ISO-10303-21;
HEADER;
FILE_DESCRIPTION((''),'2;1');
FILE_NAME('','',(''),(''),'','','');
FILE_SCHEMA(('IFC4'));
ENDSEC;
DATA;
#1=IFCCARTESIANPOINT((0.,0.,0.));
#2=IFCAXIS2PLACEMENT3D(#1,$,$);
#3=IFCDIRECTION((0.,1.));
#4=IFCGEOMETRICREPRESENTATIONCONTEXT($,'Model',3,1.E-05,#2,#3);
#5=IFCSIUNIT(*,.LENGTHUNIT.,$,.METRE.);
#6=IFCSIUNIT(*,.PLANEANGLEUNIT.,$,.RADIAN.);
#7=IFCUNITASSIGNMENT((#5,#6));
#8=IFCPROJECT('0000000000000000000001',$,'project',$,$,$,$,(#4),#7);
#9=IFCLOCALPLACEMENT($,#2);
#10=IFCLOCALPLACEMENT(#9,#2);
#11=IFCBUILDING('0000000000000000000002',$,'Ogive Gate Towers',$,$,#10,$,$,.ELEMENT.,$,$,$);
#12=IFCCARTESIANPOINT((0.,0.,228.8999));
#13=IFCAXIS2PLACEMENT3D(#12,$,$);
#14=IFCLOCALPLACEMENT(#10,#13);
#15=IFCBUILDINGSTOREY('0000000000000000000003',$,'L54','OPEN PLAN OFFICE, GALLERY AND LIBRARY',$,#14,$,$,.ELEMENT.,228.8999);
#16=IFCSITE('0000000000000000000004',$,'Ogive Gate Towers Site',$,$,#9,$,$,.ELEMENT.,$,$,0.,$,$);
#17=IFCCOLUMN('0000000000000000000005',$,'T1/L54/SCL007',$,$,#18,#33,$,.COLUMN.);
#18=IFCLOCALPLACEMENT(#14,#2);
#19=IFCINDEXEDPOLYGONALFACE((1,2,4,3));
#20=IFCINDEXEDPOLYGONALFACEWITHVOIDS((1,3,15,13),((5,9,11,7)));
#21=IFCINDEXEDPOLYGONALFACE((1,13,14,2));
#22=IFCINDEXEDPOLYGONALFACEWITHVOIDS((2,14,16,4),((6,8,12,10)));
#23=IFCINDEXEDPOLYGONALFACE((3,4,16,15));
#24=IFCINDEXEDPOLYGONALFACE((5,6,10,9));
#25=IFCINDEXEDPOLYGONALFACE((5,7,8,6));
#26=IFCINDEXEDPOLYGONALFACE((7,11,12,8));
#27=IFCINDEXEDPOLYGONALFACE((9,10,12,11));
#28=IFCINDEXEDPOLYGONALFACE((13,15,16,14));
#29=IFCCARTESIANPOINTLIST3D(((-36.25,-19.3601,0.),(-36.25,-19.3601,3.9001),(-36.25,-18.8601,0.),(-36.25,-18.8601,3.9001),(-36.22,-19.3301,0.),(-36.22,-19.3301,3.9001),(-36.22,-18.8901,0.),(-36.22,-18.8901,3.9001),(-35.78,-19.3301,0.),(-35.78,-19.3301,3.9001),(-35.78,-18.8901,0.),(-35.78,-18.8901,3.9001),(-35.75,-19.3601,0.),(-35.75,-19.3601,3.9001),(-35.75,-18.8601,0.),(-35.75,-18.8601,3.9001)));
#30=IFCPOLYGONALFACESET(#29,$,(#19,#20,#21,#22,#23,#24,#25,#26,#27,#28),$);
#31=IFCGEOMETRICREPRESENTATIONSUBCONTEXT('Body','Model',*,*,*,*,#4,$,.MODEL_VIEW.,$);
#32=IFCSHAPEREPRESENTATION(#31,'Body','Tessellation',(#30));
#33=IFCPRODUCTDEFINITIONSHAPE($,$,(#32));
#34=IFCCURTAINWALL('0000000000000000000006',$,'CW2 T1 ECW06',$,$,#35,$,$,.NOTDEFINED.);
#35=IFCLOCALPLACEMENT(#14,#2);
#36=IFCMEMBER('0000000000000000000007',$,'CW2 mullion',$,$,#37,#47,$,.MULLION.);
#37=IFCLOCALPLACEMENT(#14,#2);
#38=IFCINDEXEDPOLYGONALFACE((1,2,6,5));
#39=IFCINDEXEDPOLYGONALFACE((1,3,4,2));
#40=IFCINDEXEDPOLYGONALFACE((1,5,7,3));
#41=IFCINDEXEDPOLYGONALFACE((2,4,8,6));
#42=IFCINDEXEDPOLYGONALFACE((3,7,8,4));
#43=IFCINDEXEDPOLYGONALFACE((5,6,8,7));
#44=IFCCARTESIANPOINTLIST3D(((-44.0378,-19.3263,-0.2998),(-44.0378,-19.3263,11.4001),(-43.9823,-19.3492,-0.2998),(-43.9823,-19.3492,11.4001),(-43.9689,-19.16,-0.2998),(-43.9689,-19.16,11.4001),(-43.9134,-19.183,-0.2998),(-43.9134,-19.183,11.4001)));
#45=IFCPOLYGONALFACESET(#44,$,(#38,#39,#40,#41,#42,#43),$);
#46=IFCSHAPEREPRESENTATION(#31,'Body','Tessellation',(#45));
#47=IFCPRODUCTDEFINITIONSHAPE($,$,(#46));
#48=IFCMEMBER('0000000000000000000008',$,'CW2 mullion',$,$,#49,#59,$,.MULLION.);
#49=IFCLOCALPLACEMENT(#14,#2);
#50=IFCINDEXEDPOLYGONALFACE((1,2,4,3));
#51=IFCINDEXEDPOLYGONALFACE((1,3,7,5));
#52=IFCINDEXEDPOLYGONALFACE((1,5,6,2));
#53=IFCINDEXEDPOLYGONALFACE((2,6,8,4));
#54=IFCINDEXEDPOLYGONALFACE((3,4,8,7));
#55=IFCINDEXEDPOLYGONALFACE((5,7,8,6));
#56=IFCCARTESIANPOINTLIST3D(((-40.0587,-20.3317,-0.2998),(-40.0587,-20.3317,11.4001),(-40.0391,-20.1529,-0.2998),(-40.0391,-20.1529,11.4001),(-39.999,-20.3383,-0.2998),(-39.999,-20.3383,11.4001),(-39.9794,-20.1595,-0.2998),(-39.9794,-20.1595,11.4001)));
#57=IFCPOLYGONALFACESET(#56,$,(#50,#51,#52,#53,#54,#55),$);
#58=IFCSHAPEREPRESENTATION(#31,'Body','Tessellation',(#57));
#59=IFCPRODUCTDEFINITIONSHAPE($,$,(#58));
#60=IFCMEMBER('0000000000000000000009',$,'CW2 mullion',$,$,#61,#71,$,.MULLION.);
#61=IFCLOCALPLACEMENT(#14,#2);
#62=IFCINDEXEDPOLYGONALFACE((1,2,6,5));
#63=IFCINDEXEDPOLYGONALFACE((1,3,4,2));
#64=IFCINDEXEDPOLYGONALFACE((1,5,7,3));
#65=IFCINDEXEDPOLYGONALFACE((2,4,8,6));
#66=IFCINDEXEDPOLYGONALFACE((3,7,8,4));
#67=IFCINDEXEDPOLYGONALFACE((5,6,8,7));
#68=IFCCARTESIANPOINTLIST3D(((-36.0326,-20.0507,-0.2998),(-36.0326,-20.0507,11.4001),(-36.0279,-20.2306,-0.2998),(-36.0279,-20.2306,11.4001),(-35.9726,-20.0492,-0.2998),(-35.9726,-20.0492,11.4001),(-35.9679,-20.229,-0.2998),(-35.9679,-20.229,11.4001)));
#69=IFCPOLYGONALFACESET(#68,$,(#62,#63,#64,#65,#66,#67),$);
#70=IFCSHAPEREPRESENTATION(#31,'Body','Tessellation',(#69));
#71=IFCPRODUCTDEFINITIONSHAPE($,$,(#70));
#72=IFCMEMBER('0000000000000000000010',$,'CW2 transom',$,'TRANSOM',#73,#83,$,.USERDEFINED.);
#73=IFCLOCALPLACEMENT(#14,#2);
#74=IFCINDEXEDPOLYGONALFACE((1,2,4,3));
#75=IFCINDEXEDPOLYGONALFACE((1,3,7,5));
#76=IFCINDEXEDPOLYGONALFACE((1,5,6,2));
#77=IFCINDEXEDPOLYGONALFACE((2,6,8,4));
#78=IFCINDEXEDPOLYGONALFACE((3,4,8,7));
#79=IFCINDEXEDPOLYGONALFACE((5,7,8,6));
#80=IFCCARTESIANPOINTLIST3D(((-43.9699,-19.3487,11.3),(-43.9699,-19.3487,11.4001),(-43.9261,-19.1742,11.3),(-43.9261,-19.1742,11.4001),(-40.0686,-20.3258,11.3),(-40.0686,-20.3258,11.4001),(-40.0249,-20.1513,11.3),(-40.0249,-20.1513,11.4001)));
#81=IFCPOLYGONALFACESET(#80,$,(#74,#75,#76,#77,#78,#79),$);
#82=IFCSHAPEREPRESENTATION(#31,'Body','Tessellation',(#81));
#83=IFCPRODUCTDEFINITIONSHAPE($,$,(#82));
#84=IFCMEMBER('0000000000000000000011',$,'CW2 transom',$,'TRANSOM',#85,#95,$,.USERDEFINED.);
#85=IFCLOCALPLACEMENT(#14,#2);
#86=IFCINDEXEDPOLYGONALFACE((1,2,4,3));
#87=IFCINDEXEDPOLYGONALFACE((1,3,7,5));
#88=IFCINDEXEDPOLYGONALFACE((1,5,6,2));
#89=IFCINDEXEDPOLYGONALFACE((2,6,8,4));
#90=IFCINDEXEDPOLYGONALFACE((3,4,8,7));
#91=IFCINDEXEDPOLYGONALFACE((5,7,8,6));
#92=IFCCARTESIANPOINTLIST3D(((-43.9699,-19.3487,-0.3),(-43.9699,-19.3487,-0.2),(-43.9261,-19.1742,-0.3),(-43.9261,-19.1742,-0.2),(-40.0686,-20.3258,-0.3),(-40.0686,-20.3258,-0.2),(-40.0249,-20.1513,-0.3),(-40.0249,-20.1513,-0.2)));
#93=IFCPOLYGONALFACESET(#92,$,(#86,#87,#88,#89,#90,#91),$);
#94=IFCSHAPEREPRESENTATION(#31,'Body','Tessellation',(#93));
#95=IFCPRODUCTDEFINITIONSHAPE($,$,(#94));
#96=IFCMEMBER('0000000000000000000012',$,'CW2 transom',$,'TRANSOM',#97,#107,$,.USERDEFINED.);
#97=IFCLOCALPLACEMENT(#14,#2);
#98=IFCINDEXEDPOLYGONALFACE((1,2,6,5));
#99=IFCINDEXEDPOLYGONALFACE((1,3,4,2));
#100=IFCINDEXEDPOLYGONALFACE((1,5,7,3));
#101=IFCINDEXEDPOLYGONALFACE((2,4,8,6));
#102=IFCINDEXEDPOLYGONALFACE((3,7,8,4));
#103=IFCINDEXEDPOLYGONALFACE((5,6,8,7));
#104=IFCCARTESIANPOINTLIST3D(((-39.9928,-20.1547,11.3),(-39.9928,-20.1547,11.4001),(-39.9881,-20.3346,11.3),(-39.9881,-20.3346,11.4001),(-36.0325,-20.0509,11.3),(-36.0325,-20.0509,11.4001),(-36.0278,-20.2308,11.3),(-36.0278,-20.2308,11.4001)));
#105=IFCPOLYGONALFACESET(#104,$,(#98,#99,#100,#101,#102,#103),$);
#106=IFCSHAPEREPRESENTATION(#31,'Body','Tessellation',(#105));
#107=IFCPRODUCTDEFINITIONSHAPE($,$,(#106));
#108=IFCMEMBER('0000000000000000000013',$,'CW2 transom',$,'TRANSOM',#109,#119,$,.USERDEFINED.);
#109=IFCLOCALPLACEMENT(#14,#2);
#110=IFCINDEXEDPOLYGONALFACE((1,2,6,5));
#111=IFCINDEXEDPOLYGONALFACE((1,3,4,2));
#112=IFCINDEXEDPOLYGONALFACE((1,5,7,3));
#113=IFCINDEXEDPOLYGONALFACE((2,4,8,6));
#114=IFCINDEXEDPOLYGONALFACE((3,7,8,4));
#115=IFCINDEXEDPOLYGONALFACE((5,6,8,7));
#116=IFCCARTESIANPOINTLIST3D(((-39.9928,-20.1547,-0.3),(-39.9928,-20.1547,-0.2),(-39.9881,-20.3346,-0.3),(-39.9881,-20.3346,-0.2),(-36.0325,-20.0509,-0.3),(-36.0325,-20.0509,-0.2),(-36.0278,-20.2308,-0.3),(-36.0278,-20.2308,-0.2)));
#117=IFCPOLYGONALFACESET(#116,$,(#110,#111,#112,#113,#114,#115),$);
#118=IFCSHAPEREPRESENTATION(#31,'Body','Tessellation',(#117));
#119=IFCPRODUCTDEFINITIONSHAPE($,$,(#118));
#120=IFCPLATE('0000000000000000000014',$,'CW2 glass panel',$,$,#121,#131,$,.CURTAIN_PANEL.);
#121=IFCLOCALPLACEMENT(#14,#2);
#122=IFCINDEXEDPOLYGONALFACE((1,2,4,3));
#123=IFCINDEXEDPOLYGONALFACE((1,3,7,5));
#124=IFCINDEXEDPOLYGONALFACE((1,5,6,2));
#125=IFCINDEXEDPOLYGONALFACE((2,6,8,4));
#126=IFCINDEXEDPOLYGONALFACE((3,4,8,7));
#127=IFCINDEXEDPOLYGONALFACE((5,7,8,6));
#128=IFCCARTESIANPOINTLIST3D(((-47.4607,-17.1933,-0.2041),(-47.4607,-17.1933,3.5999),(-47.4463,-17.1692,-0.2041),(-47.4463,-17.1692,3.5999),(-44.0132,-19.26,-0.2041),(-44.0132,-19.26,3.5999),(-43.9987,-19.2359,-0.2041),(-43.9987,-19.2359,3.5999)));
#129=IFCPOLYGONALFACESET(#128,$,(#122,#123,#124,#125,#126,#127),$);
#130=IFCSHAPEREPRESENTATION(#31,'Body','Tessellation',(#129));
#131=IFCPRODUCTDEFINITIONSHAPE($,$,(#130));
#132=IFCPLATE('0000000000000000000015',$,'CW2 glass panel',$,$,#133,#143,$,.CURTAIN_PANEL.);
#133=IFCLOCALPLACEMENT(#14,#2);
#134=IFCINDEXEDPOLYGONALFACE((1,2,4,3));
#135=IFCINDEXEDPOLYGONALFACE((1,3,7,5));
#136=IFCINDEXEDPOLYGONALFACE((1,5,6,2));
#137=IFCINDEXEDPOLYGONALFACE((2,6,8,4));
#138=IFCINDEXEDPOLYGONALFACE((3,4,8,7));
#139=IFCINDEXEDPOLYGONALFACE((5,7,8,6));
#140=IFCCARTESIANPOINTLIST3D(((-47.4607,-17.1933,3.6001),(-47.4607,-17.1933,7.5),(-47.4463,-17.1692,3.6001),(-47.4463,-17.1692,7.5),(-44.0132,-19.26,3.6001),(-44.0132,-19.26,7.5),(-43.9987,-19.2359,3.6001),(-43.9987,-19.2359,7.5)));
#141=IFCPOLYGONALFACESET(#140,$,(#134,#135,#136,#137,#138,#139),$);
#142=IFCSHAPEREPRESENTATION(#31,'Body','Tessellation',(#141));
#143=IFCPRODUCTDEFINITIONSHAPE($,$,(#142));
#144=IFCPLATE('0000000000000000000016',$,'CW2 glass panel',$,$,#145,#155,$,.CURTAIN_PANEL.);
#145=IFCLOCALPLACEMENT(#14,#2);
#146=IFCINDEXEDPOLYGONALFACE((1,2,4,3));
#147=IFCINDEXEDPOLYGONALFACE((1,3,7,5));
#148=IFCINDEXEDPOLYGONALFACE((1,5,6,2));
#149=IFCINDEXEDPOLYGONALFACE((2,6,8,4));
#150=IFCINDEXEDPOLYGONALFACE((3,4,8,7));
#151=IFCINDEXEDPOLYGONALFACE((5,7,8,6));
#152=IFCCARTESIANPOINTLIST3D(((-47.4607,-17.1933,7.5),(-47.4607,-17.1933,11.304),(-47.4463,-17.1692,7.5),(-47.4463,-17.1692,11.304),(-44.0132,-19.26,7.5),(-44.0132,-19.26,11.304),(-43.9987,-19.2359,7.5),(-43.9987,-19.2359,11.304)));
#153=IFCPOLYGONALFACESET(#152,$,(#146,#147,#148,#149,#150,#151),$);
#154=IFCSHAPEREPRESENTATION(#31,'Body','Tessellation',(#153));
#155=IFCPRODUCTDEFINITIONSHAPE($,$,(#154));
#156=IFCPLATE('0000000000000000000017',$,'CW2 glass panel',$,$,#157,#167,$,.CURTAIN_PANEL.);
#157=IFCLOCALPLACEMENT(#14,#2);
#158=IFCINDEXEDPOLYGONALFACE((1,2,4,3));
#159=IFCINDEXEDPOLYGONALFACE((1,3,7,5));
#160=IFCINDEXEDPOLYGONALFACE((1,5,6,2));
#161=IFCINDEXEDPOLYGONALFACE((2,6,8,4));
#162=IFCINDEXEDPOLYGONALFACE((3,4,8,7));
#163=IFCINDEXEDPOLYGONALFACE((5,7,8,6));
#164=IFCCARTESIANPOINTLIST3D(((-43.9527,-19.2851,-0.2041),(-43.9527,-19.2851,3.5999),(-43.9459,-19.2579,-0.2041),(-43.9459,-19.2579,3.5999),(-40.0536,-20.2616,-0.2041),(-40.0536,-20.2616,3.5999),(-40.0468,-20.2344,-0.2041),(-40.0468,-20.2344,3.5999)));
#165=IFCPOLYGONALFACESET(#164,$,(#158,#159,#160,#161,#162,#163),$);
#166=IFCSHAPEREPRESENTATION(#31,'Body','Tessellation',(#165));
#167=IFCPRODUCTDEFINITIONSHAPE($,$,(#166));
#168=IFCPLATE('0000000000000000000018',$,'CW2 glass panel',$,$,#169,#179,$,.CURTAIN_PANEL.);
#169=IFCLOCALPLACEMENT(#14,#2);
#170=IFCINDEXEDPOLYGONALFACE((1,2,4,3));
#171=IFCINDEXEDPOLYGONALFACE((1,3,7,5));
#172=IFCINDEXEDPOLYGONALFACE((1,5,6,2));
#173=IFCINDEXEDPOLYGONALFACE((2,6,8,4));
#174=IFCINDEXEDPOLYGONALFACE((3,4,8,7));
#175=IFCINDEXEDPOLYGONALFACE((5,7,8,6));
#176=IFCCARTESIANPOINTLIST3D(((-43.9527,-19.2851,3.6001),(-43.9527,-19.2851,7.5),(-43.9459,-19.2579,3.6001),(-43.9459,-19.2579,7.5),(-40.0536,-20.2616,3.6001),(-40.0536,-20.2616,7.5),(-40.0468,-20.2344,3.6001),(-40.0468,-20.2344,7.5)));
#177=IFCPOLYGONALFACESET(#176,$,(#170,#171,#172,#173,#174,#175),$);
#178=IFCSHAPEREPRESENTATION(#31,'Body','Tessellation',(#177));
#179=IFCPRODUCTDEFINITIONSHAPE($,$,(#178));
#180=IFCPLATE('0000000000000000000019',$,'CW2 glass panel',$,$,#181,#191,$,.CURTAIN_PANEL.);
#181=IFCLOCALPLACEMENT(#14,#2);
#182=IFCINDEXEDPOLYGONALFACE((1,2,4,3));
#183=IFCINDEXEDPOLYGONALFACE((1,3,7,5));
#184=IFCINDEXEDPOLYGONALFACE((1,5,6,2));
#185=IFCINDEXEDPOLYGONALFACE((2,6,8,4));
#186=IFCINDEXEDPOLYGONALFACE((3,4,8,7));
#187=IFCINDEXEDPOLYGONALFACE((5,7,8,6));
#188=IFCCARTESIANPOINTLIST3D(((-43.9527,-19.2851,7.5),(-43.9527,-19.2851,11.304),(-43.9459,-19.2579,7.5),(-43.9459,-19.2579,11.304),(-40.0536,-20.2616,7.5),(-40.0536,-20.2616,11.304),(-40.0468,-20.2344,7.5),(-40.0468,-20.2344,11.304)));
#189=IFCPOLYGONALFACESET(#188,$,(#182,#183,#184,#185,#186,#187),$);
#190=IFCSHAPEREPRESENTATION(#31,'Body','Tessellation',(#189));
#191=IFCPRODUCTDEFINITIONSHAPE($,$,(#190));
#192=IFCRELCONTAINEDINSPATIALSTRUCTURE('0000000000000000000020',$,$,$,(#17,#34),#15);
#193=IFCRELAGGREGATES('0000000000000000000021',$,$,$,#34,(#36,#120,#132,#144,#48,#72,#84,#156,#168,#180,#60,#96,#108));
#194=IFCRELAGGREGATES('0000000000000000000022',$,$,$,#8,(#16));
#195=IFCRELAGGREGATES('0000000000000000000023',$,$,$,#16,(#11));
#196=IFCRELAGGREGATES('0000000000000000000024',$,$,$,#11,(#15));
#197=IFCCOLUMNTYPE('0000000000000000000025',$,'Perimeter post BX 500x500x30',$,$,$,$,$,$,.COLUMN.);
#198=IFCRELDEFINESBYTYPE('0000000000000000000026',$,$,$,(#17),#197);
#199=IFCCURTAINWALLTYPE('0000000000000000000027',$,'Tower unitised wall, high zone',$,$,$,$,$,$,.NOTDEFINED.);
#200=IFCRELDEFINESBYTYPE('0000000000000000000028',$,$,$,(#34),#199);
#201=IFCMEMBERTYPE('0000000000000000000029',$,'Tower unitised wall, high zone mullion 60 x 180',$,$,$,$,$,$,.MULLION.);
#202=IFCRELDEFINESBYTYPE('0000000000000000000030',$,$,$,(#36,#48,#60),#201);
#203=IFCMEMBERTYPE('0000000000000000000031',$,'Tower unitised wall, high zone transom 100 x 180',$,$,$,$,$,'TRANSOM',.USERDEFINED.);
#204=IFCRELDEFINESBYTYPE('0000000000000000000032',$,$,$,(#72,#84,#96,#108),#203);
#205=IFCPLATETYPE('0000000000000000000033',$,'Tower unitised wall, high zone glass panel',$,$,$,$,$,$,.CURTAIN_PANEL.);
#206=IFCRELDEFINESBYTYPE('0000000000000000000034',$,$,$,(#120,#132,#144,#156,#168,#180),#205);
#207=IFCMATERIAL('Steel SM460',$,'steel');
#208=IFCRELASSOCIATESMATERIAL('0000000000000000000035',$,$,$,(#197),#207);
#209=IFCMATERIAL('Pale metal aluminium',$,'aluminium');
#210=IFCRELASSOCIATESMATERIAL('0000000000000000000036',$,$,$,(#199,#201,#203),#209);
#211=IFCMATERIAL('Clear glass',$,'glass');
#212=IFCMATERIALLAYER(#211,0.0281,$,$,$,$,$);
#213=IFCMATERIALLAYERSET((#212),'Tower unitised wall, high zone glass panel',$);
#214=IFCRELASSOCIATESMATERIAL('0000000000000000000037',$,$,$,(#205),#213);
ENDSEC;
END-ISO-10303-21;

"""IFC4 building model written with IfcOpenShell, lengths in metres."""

from ifc_helpers import new_model, si_unit, direction, frame, origin, origin_2d, place, context, subcontext, project, spatial, rectangle, hollow_rectangle, extrude, material, layer, layer_set, material_profile, profile_set, type_object, element, aggregate, save


model = new_model("IFC4")

# Units and contexts
model_context = context("Model", 3, precision=1e-05, world=origin(), true_north=direction((0.0, 1.0)))
body_context = subcontext(model_context, "Body", "Model", "MODEL_VIEW")
ifc_project = project(units=[si_unit("LENGTHUNIT", "METRE"), si_unit("PLANEANGLEUNIT", "RADIAN")], contexts=[model_context])

# Site, building, storey
site_placement = place(None, origin())
site = spatial("IfcSite", under=ifc_project, at=site_placement, Name="Ogive Gate Towers Site", CompositionType="ELEMENT", RefElevation=0.0)
building_placement = place(site_placement, origin())
building = spatial("IfcBuilding", under=site, at=building_placement, Name="Ogive Gate Towers", CompositionType="ELEMENT")
storey_placement = place(building_placement, frame((0.0, 0.0, 228.8999)))
storey = spatial("IfcBuildingStorey", under=building, at=storey_placement, Name="L54", Description="OPEN PLAN OFFICE, GALLERY AND LIBRARY", CompositionType="ELEMENT", Elevation=228.8999)

# Column
ifc_material_1 = material(Name="Steel SM460", Category="steel")
ifc_material_profile_1 = material_profile(ifc_material_1, hollow_rectangle(XDim=0.5, YDim=0.5, WallThickness=0.03, at=origin_2d()), Name="BX 500x500x30")
ifc_profile_set_1 = profile_set([ifc_material_profile_1], Name="Steel SM460")
column_type = type_object("IfcColumnType", Name="Perimeter post BX 500x500x30", PredefinedType="COLUMN", material=ifc_profile_set_1)
column_placement = place(storey_placement, frame((-36.0, -19.1101, 0.0), z_axis=(0.0, 0.0, 1.0), x_axis=(1.0, 0.0, 0.0)))
element("IfcColumn", 1, at=column_placement, inside=storey, type_object=column_type, Name="T1/L54/SCL007", PredefinedType="COLUMN", context=body_context, shape_type="SweptSolid", body=[
    extrude(hollow_rectangle(XDim=0.5, YDim=0.5, WallThickness=0.03, at=origin_2d()), origin(), (0.0, 0.0, 1.0), 3.9001),
])

# Curtain wall, members, plates
ifc_material_2 = material(Name="Pale metal aluminium", Category="aluminium")
curtain_wall_type = type_object("IfcCurtainWallType", Name="Tower unitised wall, high zone", PredefinedType="NOTDEFINED", material=ifc_material_2)
curtain_wall_placement = place(storey_placement, origin())
curtain_wall = element("IfcCurtainWall", 2, at=curtain_wall_placement, inside=storey, type_object=curtain_wall_type, Name="CW2 T1 ECW06", PredefinedType="NOTDEFINED")
ifc_material_profile_2 = material_profile(ifc_material_2, rectangle(XDim=0.1799, YDim=0.0601, at=origin_2d()), Name="60 x 180 aluminium box")
ifc_profile_set_2 = profile_set([ifc_material_profile_2], Name="Pale metal aluminium")
member_type_1 = type_object("IfcMemberType", Name="Tower unitised wall, high zone mullion 60 x 180", PredefinedType="MULLION", material=ifc_profile_set_2)
member_1_placement = place(storey_placement, frame((-43.9756, -19.2546, -0.2998), z_axis=(0.0, 0.0, 1.0), x_axis=(-0.3827, -0.923873, 0.0)))
member_1 = element("IfcMember", 3, at=member_1_placement, type_object=member_type_1, Name="CW2 mullion", PredefinedType="MULLION", context=body_context, shape_type="SweptSolid", body=[
    extrude(rectangle(XDim=0.1799, YDim=0.0601, at=origin_2d()), origin(), (0.0, 0.0, 1.0), 11.7),
])
member_2_placement = place(storey_placement, frame((-40.019, -20.2456, -0.2998), z_axis=(0.0, 0.0, 1.0), x_axis=(-0.10937, -0.994001, 0.0)))
member_2 = element("IfcMember", 4, at=member_2_placement, type_object=member_type_1, Name="CW2 mullion", PredefinedType="MULLION", context=body_context, shape_type="SweptSolid", body=[
    extrude(rectangle(XDim=0.1799, YDim=0.0601, at=origin_2d()), origin(), (0.0, 0.0, 1.0), 11.7),
])
member_3_placement = place(storey_placement, frame((-36.0002, -20.1399, -0.2998), z_axis=(0.0, 0.0, 1.0), x_axis=(0.026229, -0.999656, 0.0)))
member_3 = element("IfcMember", 5, at=member_3_placement, type_object=member_type_1, Name="CW2 mullion", PredefinedType="MULLION", context=body_context, shape_type="SweptSolid", body=[
    extrude(rectangle(XDim=0.1799, YDim=0.0601, at=origin_2d()), origin(), (0.0, 0.0, 1.0), 11.7),
])
ifc_material_profile_3 = material_profile(ifc_material_2, rectangle(XDim=0.1799, YDim=0.1001, at=origin_2d()), Name="100 x 180 aluminium box")
ifc_profile_set_3 = profile_set([ifc_material_profile_3], Name="Pale metal aluminium")
member_type_2 = type_object("IfcMemberType", Name="Tower unitised wall, high zone transom 100 x 180", ElementType="TRANSOM", PredefinedType="USERDEFINED", material=ifc_profile_set_3)
member_4_placement = place(storey_placement, frame((-43.948, -19.2615, 11.3501), z_axis=(0.970039, -0.24295, 0.0), x_axis=(0.24295, 0.970039, 0.0)))
member_4 = element("IfcMember", 6, at=member_4_placement, type_object=member_type_2, Name="CW2 transom", ObjectType="TRANSOM", PredefinedType="USERDEFINED", context=body_context, shape_type="SweptSolid", body=[
    extrude(rectangle(XDim=0.1799, YDim=0.1001, at=origin_2d()), origin(), (0.0, 0.0, 1.0), 4.0217),
])
member_5_placement = place(storey_placement, frame((-43.948, -19.2615, -0.25), z_axis=(0.970039, -0.24295, 0.0), x_axis=(0.24295, 0.970039, 0.0)))
member_5 = element("IfcMember", 7, at=member_5_placement, type_object=member_type_2, Name="CW2 transom", ObjectType="TRANSOM", PredefinedType="USERDEFINED", context=body_context, shape_type="SweptSolid", body=[
    extrude(rectangle(XDim=0.1799, YDim=0.1001, at=origin_2d()), origin(), (0.0, 0.0, 1.0), 4.0217),
])
member_6_placement = place(storey_placement, frame((-39.9905, -20.2446, 11.3501), z_axis=(0.999657, 0.026192, 0.0), x_axis=(-0.026192, 0.999657, 0.0)))
member_6 = element("IfcMember", 8, at=member_6_placement, type_object=member_type_2, Name="CW2 transom", ObjectType="TRANSOM", PredefinedType="USERDEFINED", context=body_context, shape_type="SweptSolid", body=[
    extrude(rectangle(XDim=0.1799, YDim=0.1001, at=origin_2d()), origin(), (0.0, 0.0, 1.0), 3.9617),
])
member_7_placement = place(storey_placement, frame((-39.9905, -20.2446, -0.25), z_axis=(0.999657, 0.026192, 0.0), x_axis=(-0.026192, 0.999657, 0.0)))
member_7 = element("IfcMember", 9, at=member_7_placement, type_object=member_type_2, Name="CW2 transom", ObjectType="TRANSOM", PredefinedType="USERDEFINED", context=body_context, shape_type="SweptSolid", body=[
    extrude(rectangle(XDim=0.1799, YDim=0.1001, at=origin_2d()), origin(), (0.0, 0.0, 1.0), 3.9617),
])
ifc_material_3 = material(Name="Clear glass", Category="glass")
ifc_layer = layer(ifc_material_3, 0.0281)
ifc_layer_set = layer_set([ifc_layer], Name="Tower unitised wall, high zone glass panel")
plate_type = type_object("IfcPlateType", Name="Tower unitised wall, high zone glass panel", PredefinedType="CURTAIN_PANEL", material=ifc_layer_set)
plate_1_placement = place(storey_placement, frame((-45.7297, -18.2146, -0.2041), z_axis=(0.0, 0.0, 1.0), x_axis=(0.857697, -0.514155, 0.0)))
plate_1 = element("IfcPlate", 10, at=plate_1_placement, type_object=plate_type, Name="CW2 glass panel", PredefinedType="CURTAIN_PANEL", context=body_context, shape_type="SweptSolid", body=[
    extrude(rectangle(XDim=4.0195, YDim=0.0281, at=origin_2d()), origin(), (0.0, 0.0, 1.0), 3.804),
])
plate_2_placement = place(storey_placement, frame((-45.7297, -18.2146, 3.6001), z_axis=(0.0, 0.0, 1.0), x_axis=(0.857697, -0.514155, 0.0)))
plate_2 = element("IfcPlate", 11, at=plate_2_placement, type_object=plate_type, Name="CW2 glass panel", PredefinedType="CURTAIN_PANEL", context=body_context, shape_type="SweptSolid", body=[
    extrude(rectangle(XDim=4.0195, YDim=0.0281, at=origin_2d()), origin(), (0.0, 0.0, 1.0), 3.8999),
])
plate_3_placement = place(storey_placement, frame((-45.7297, -18.2146, 7.5), z_axis=(0.0, 0.0, 1.0), x_axis=(0.857697, -0.514155, 0.0)))
plate_3 = element("IfcPlate", 12, at=plate_3_placement, type_object=plate_type, Name="CW2 glass panel", PredefinedType="CURTAIN_PANEL", context=body_context, shape_type="SweptSolid", body=[
    extrude(rectangle(XDim=4.0195, YDim=0.0281, at=origin_2d()), origin(), (0.0, 0.0, 1.0), 3.804),
])
plate_4_placement = place(storey_placement, frame((-41.9998, -19.7598, -0.2041), z_axis=(0.0, 0.0, 1.0), x_axis=(0.970042, -0.242938, 0.0)))
plate_4 = element("IfcPlate", 13, at=plate_4_placement, type_object=plate_type, Name="CW2 glass panel", PredefinedType="CURTAIN_PANEL", context=body_context, shape_type="SweptSolid", body=[
    extrude(rectangle(XDim=4.0195, YDim=0.0281, at=origin_2d()), origin(), (0.0, 0.0, 1.0), 3.804),
])
plate_5_placement = place(storey_placement, frame((-41.9998, -19.7598, 3.6001), z_axis=(0.0, 0.0, 1.0), x_axis=(0.970042, -0.242938, 0.0)))
plate_5 = element("IfcPlate", 14, at=plate_5_placement, type_object=plate_type, Name="CW2 glass panel", PredefinedType="CURTAIN_PANEL", context=body_context, shape_type="SweptSolid", body=[
    extrude(rectangle(XDim=4.0195, YDim=0.0281, at=origin_2d()), origin(), (0.0, 0.0, 1.0), 3.8999),
])
plate_6_placement = place(storey_placement, frame((-41.9998, -19.7598, 7.5), z_axis=(0.0, 0.0, 1.0), x_axis=(0.970042, -0.242938, 0.0)))
plate_6 = element("IfcPlate", 15, at=plate_6_placement, type_object=plate_type, Name="CW2 glass panel", PredefinedType="CURTAIN_PANEL", context=body_context, shape_type="SweptSolid", body=[
    extrude(rectangle(XDim=4.0195, YDim=0.0281, at=origin_2d()), origin(), (0.0, 0.0, 1.0), 3.804),
])
aggregate(curtain_wall, [member_1, plate_1, plate_2, plate_3, member_2, member_4, member_5, plate_4, plate_5, plate_6, member_3, member_6, member_7])

save(model, "model.ifc")
